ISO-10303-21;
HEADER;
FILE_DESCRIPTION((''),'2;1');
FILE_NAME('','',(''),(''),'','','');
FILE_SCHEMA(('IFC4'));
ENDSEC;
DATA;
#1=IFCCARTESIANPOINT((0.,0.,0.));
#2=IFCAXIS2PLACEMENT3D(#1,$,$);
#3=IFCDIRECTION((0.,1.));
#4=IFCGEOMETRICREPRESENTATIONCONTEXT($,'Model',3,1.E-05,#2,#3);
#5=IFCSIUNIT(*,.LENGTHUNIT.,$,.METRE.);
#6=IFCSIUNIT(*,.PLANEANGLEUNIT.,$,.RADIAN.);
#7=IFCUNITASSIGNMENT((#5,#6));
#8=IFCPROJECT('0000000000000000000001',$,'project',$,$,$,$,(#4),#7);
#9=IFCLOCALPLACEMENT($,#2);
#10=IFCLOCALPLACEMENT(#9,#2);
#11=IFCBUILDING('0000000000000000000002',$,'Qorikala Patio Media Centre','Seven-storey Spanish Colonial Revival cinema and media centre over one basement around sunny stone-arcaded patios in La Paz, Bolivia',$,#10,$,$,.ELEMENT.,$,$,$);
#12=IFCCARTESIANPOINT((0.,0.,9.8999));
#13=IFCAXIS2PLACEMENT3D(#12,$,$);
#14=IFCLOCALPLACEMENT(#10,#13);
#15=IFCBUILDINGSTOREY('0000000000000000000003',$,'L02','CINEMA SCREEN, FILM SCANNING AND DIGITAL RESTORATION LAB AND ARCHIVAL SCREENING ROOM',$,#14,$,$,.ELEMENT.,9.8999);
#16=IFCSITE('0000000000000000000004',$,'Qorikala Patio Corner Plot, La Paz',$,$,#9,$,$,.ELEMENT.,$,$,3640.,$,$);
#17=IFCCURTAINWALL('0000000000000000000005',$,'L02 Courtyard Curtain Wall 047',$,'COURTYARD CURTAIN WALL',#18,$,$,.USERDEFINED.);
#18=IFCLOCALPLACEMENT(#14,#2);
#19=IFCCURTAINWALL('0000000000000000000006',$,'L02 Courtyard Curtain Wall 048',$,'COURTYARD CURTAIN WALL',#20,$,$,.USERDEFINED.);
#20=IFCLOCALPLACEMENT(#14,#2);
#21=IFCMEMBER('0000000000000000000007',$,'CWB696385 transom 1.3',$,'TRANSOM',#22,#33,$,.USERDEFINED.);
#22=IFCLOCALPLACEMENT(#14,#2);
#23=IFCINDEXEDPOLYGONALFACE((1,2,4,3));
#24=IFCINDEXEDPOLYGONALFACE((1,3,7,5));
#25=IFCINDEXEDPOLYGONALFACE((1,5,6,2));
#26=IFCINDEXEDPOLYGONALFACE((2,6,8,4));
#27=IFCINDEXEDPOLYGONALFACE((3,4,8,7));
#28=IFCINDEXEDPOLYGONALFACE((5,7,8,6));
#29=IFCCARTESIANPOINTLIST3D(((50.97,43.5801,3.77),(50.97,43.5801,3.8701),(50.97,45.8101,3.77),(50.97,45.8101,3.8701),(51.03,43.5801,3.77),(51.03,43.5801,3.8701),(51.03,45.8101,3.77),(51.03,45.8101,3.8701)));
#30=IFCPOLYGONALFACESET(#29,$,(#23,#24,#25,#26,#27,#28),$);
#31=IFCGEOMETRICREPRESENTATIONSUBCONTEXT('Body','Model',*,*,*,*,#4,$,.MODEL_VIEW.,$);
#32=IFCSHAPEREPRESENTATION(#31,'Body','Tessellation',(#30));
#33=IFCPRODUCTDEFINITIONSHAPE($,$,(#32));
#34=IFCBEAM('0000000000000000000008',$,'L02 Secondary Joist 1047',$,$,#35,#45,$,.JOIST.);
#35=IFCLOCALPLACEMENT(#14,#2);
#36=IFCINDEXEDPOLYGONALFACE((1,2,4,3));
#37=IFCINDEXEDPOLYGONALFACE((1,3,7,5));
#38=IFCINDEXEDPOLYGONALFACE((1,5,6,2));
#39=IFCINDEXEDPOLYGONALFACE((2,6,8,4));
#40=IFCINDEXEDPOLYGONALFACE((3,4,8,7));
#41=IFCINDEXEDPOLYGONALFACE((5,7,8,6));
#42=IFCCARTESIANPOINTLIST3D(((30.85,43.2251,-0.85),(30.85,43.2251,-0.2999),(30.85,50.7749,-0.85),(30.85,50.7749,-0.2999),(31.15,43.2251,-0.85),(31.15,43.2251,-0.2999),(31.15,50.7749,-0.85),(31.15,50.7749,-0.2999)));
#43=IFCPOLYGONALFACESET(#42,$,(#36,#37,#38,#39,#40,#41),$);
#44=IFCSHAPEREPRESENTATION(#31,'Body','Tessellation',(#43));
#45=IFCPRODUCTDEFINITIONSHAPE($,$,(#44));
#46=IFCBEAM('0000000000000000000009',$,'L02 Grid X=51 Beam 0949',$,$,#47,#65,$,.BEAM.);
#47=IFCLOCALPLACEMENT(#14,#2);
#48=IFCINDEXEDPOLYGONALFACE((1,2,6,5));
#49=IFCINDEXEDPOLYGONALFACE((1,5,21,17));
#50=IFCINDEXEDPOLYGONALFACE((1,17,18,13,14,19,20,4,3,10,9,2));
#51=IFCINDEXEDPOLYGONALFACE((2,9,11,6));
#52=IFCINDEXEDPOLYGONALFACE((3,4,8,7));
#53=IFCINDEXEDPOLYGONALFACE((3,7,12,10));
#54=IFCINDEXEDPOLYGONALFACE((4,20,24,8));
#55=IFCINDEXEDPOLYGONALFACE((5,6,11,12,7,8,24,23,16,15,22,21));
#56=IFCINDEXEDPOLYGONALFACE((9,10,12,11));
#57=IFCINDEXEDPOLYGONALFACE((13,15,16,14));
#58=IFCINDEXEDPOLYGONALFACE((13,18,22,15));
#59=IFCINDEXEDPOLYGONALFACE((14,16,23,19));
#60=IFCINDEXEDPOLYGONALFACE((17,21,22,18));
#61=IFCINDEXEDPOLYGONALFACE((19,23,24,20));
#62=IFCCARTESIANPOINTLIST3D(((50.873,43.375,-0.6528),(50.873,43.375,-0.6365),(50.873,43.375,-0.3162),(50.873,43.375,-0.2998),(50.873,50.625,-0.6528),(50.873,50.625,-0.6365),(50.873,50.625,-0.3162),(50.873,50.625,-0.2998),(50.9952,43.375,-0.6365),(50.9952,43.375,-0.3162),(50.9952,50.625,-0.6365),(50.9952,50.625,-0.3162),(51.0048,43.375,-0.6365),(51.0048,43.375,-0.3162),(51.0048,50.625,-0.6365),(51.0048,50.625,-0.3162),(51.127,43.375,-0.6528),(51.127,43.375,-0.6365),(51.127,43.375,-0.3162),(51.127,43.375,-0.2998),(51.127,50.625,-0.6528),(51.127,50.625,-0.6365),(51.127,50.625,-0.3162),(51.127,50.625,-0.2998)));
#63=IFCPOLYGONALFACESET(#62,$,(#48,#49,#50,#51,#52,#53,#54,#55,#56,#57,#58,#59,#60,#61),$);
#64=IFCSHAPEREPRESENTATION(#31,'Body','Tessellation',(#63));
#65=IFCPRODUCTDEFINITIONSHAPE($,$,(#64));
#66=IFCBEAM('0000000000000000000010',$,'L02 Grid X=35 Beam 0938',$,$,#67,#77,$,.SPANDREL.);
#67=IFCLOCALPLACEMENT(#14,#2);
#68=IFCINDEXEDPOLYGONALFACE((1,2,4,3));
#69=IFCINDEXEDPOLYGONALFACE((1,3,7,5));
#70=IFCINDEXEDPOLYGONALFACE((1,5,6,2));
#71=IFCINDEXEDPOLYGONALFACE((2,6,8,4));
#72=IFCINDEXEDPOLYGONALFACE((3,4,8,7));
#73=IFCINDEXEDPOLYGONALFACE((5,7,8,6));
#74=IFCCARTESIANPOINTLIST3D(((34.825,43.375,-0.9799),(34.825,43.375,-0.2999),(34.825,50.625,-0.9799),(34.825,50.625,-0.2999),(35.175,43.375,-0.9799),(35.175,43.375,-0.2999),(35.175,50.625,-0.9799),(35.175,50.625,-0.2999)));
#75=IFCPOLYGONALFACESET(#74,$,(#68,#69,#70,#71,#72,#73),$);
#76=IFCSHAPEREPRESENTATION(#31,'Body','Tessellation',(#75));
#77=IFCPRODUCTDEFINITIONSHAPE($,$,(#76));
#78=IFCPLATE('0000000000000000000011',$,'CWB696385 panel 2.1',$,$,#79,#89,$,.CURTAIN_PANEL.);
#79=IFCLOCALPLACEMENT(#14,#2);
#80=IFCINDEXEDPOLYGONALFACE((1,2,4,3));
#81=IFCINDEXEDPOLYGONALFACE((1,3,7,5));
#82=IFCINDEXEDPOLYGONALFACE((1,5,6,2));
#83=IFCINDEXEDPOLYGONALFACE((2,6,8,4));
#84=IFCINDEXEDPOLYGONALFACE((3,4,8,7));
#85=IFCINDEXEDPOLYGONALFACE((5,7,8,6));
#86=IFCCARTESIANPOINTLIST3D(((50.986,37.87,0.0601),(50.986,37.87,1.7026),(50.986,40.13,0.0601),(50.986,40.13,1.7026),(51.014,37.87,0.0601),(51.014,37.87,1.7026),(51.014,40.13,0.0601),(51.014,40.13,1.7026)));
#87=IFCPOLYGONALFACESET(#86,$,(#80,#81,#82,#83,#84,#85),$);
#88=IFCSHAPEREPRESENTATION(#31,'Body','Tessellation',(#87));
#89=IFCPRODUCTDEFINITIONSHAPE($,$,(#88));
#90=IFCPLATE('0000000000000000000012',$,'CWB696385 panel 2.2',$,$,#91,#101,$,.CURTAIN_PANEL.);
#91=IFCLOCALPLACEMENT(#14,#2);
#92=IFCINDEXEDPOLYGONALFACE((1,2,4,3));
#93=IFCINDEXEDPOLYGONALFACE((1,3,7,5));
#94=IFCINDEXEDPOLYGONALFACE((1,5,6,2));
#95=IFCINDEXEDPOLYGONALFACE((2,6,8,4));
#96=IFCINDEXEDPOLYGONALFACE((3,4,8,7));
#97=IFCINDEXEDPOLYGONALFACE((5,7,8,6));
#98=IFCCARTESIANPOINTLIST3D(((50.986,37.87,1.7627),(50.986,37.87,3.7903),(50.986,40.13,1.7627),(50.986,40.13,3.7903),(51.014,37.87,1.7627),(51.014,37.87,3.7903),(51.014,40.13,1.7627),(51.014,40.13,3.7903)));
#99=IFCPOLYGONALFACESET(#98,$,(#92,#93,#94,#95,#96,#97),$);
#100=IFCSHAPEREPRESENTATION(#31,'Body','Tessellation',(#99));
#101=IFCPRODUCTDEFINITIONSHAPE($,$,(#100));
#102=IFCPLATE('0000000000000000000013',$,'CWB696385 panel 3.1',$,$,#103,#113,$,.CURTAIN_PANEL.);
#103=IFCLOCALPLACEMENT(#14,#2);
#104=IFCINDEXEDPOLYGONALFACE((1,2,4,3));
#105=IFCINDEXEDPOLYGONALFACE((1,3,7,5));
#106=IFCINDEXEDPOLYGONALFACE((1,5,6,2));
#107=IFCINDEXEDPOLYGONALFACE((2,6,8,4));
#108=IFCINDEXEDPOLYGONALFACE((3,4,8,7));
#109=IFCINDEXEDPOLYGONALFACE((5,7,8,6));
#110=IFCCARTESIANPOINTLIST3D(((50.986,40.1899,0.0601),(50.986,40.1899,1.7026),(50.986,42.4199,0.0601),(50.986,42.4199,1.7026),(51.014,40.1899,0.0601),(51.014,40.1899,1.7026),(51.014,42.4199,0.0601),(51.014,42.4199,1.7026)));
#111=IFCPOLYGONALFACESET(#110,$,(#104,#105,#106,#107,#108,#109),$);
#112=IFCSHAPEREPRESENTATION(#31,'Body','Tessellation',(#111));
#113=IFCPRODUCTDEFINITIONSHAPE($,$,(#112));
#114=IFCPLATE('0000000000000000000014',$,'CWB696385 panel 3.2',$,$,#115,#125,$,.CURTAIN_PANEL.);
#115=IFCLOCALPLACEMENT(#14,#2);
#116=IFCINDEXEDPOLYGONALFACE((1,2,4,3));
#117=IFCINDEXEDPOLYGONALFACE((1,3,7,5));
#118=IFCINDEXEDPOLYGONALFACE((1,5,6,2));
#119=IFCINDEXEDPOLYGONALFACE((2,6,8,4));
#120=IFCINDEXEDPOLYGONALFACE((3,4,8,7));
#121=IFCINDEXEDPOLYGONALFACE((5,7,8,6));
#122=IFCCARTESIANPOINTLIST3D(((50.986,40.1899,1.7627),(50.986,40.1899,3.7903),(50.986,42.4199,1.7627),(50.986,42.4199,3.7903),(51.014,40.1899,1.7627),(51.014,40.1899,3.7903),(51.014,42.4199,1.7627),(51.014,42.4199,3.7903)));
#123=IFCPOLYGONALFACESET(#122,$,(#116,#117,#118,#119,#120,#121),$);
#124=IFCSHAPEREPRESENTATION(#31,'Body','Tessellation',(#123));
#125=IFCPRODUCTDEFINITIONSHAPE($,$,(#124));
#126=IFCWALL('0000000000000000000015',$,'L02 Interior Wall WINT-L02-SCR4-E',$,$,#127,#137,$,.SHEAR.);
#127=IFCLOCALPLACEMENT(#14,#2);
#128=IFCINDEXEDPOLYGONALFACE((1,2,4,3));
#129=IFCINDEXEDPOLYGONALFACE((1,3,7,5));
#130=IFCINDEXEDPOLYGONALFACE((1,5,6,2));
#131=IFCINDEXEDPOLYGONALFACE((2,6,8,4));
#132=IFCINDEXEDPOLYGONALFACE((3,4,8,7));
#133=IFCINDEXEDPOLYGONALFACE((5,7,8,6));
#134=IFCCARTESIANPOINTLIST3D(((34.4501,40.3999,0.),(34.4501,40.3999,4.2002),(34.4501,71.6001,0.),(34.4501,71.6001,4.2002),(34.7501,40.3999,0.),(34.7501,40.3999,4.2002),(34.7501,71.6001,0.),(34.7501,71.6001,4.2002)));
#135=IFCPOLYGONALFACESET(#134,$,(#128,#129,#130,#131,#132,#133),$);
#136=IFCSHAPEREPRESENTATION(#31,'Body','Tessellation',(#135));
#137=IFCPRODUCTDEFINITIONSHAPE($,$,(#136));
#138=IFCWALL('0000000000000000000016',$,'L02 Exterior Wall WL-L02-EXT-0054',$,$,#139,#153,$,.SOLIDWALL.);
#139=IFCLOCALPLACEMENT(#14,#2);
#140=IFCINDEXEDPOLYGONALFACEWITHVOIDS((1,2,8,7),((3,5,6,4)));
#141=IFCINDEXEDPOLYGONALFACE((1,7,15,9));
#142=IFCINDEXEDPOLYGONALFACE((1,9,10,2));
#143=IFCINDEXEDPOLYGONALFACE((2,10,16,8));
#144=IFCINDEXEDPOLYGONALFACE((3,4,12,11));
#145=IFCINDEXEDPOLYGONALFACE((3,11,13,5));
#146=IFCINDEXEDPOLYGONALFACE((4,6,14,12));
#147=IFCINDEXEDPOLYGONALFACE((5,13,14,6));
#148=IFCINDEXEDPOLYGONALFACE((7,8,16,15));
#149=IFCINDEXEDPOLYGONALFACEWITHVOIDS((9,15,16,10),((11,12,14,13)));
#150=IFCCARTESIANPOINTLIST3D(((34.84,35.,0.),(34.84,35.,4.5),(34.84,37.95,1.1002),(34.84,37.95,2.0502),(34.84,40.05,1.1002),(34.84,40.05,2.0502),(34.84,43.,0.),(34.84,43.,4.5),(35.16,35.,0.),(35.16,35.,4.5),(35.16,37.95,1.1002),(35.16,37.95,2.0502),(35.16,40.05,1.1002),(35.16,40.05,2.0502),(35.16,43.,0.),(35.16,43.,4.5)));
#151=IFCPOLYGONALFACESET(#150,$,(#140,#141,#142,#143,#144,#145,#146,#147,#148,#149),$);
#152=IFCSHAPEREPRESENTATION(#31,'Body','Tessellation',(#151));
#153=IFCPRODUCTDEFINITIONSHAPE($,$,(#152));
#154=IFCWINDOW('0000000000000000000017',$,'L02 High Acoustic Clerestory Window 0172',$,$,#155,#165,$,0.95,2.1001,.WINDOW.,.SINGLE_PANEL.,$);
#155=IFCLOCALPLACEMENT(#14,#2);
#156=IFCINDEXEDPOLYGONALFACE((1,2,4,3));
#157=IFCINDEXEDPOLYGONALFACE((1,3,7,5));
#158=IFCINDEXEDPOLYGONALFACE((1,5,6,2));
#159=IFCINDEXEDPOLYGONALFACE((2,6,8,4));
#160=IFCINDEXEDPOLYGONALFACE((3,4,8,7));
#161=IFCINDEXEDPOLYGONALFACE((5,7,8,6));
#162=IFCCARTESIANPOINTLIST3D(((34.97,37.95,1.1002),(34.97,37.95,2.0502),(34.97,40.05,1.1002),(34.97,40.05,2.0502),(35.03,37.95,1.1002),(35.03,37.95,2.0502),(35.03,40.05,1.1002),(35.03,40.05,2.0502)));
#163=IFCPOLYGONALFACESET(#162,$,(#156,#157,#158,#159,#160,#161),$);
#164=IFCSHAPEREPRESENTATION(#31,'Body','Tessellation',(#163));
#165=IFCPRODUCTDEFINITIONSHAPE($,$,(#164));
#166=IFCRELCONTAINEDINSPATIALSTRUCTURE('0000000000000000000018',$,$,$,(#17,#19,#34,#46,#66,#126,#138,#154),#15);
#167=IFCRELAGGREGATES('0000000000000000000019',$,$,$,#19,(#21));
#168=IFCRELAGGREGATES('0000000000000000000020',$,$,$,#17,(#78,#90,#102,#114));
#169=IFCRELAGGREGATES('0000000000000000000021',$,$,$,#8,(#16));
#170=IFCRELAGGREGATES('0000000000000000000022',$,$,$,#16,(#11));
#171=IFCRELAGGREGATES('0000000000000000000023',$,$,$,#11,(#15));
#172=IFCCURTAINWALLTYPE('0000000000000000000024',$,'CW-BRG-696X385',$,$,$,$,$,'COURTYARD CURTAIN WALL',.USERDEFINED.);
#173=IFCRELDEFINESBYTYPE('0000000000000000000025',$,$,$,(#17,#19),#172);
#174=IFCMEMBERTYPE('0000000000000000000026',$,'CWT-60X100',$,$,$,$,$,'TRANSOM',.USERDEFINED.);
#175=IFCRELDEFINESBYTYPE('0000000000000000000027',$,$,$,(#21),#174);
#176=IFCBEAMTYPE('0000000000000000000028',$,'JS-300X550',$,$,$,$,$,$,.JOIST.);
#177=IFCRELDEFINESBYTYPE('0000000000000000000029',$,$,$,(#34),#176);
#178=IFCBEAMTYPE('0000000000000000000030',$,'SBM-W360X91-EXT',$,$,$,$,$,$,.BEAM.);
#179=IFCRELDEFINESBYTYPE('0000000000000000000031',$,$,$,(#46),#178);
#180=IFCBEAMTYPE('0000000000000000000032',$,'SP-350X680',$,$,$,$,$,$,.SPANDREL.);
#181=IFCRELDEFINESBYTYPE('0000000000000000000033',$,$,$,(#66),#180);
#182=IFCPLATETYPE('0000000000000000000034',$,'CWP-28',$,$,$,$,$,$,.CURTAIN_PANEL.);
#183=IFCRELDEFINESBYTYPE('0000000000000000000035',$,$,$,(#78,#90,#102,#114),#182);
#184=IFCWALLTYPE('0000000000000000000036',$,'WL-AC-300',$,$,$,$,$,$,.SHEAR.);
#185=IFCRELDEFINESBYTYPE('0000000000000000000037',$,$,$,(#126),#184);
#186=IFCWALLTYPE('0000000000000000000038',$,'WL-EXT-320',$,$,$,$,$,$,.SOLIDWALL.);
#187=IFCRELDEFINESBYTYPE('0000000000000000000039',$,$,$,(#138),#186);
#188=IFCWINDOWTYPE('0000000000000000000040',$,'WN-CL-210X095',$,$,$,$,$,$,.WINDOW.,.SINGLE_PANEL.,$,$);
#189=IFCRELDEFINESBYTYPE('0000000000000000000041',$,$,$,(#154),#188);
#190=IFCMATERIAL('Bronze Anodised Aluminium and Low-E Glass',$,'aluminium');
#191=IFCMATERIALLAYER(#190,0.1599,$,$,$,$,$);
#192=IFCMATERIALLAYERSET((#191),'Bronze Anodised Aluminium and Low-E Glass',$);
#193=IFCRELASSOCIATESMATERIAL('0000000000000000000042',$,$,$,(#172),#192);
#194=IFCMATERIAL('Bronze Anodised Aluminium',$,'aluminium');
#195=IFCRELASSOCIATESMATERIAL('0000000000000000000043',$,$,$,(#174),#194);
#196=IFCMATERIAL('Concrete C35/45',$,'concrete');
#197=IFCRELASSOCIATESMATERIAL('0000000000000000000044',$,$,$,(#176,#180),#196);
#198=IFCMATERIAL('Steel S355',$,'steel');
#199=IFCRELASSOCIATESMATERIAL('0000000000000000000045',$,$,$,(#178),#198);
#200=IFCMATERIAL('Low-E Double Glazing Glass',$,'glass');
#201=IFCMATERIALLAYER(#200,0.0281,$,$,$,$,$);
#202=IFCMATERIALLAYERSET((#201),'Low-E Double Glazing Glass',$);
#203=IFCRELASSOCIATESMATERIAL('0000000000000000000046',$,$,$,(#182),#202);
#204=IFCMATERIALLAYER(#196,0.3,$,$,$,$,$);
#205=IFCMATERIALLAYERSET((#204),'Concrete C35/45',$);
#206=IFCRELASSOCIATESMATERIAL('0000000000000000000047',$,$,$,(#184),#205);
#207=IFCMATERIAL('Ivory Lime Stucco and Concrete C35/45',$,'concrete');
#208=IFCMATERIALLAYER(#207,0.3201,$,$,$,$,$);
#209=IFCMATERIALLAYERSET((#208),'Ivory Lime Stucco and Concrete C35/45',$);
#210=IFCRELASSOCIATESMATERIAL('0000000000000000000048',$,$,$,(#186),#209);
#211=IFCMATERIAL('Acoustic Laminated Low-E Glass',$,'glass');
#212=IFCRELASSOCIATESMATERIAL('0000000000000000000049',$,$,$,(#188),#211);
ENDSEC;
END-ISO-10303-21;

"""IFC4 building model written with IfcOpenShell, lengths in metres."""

from ifc_helpers import new_model, si_unit, direction, frame, frame_2d, origin, origin_2d, place, context, subcontext, project, spatial, rectangle, i_section, extrude, material, layer, layer_set, material_profile, profile_set, type_object, element, fill, aggregate, save


model = new_model("IFC4")

# Units and contexts
model_context = context("Model", 3, precision=1e-05, world=origin(), true_north=direction((0.0, 1.0)))
body_context = subcontext(model_context, "Body", "Model", "MODEL_VIEW")
ifc_project = project(units=[si_unit("LENGTHUNIT", "METRE"), si_unit("PLANEANGLEUNIT", "RADIAN")], contexts=[model_context])

# Site, building, storey
site_placement = place(None, origin())
site = spatial("IfcSite", under=ifc_project, at=site_placement, Name="Qorikala Patio Corner Plot, La Paz", CompositionType="ELEMENT", RefElevation=3640.0)
building_placement = place(site_placement, origin())
building = spatial("IfcBuilding", under=site, at=building_placement, Name="Qorikala Patio Media Centre", Description="Seven-storey Spanish Colonial Revival cinema and media centre over one basement around sunny stone-arcaded patios in La Paz, Bolivia", CompositionType="ELEMENT")
storey_placement = place(building_placement, frame((0.0, 0.0, 9.8999)))
storey = spatial("IfcBuildingStorey", under=building, at=storey_placement, Name="L02", Description="CINEMA SCREEN, FILM SCANNING AND DIGITAL RESTORATION LAB AND ARCHIVAL SCREENING ROOM", CompositionType="ELEMENT", Elevation=9.8999)

# Shared definitions
ifc_material_1 = material(Name="Concrete C35/45", Category="concrete")

# Curtain wall
ifc_material_2 = material(Name="Bronze Anodised Aluminium and Low-E Glass", Category="aluminium")
ifc_layer_1 = layer(ifc_material_2, 0.1599)
ifc_layer_set_1 = layer_set([ifc_layer_1], Name="Bronze Anodised Aluminium and Low-E Glass")
curtain_wall_type = type_object("IfcCurtainWallType", Name="CW-BRG-696X385", ElementType="COURTYARD CURTAIN WALL", PredefinedType="USERDEFINED", material=ifc_layer_set_1)
curtain_wall_1_placement = place(storey_placement, origin())
curtain_wall_1 = element("IfcCurtainWall", 1, at=curtain_wall_1_placement, inside=storey, type_object=curtain_wall_type, Name="L02 Courtyard Curtain Wall 047", ObjectType="COURTYARD CURTAIN WALL", PredefinedType="USERDEFINED")
ifc_material_3 = material(Name="Bronze Anodised Aluminium", Category="aluminium")

# Curtain wall
curtain_wall_2_placement = place(storey_placement, origin())
curtain_wall_2 = element("IfcCurtainWall", 2, at=curtain_wall_2_placement, inside=storey, type_object=curtain_wall_type, Name="L02 Courtyard Curtain Wall 048", ObjectType="COURTYARD CURTAIN WALL", PredefinedType="USERDEFINED")

# Member
ifc_material_profile_1 = material_profile(ifc_material_3, rectangle(XDim=0.0601, YDim=0.1001, at=origin_2d()), Name="ALU TRANSOM 60x100")
ifc_profile_set_1 = profile_set([ifc_material_profile_1], Name="Bronze Anodised Aluminium")
member_type_1 = type_object("IfcMemberType", Name="CWT-60X100", ElementType="TRANSOM", PredefinedType="USERDEFINED", material=ifc_profile_set_1)
member_1_placement = place(storey_placement, frame((51.0, 43.5801, 3.8201), z_axis=(0.0, 1.0, 0.0), x_axis=(-1.0, 0.0, 0.0)))
member_1 = element("IfcMember", 3, at=member_1_placement, type_object=member_type_1, Name="CWB696385 transom 1.3", ObjectType="TRANSOM", PredefinedType="USERDEFINED", context=body_context, shape_type="SweptSolid", body=[
    extrude(rectangle(XDim=0.0601, YDim=0.1001, at=origin_2d()), origin(), (0.0, 0.0, 1.0), 2.23),
])
aggregate(curtain_wall_2, [member_1])

# Beams
ifc_material_profile_2 = material_profile(ifc_material_1, rectangle(XDim=0.3, YDim=0.55, at=origin_2d()), Name="RC 300x550")
ifc_profile_set_2 = profile_set([ifc_material_profile_2], Name="Concrete C35/45")
beam_type_1 = type_object("IfcBeamType", Name="JS-300X550", PredefinedType="JOIST", material=ifc_profile_set_2)
beam_1_placement = place(storey_placement, frame((31.0, 43.2251, -0.575), z_axis=(0.0, 1.0, 0.0), x_axis=(-1.0, 0.0, 0.0)))
element("IfcBeam", 4, at=beam_1_placement, inside=storey, type_object=beam_type_1, Name="L02 Secondary Joist 1047", PredefinedType="JOIST", context=body_context, shape_type="SweptSolid", body=[
    extrude(rectangle(XDim=0.3, YDim=0.55, at=origin_2d()), origin(), (0.0, 0.0, 1.0), 7.5498),
])
ifc_material_4 = material(Name="Steel S355", Category="steel")
ifc_material_profile_3 = material_profile(ifc_material_4, i_section(OverallWidth=0.2539, OverallDepth=0.353, WebThickness=0.0095, FlangeThickness=0.0164, at=origin_2d()), Name="W360X91")
ifc_profile_set_3 = profile_set([ifc_material_profile_3], Name="Steel S355")
beam_type_2 = type_object("IfcBeamType", Name="SBM-W360X91-EXT", PredefinedType="BEAM", material=ifc_profile_set_3)
beam_2_placement = place(storey_placement, frame((51.0, 43.375, -0.4763), z_axis=(0.0, 1.0, 0.0), x_axis=(-1.0, 0.0, 0.0)))
element("IfcBeam", 5, at=beam_2_placement, inside=storey, type_object=beam_type_2, Name="L02 Grid X=51 Beam 0949", PredefinedType="BEAM", context=body_context, shape_type="SweptSolid", body=[
    extrude(i_section(OverallWidth=0.2539, OverallDepth=0.353, WebThickness=0.0095, FlangeThickness=0.0164, at=origin_2d()), origin(), (0.0, 0.0, 1.0), 7.25),
])
ifc_material_profile_4 = material_profile(ifc_material_1, rectangle(XDim=0.3501, YDim=0.6799, at=origin_2d()), Name="RC 350x680")
ifc_profile_set_4 = profile_set([ifc_material_profile_4], Name="Concrete C35/45")
beam_type_3 = type_object("IfcBeamType", Name="SP-350X680", PredefinedType="SPANDREL", material=ifc_profile_set_4)
beam_3_placement = place(storey_placement, frame((35.0, 43.375, -0.6399), z_axis=(0.0, 1.0, 0.0), x_axis=(-1.0, 0.0, 0.0)))
element("IfcBeam", 6, at=beam_3_placement, inside=storey, type_object=beam_type_3, Name="L02 Grid X=35 Beam 0938", PredefinedType="SPANDREL", context=body_context, shape_type="SweptSolid", body=[
    extrude(rectangle(XDim=0.3501, YDim=0.6799, at=origin_2d()), origin(), (0.0, 0.0, 1.0), 7.25),
])

# Plates
ifc_material_5 = material(Name="Low-E Double Glazing Glass", Category="glass")
ifc_layer_2 = layer(ifc_material_5, 0.0281)
ifc_layer_set_2 = layer_set([ifc_layer_2], Name="Low-E Double Glazing Glass")
plate_type = type_object("IfcPlateType", Name="CWP-28", PredefinedType="CURTAIN_PANEL", material=ifc_layer_set_2)
plate_1_placement = place(storey_placement, frame((51.0, 39.0, 0.0601), z_axis=(0.0, 0.0, 1.0), x_axis=(0.0, 1.0, 0.0)))
plate_1 = element("IfcPlate", 7, at=plate_1_placement, type_object=plate_type, Name="CWB696385 panel 2.1", PredefinedType="CURTAIN_PANEL", context=body_context, shape_type="SweptSolid", body=[
    extrude(rectangle(XDim=2.26, YDim=0.0281, at=origin_2d()), origin(), (0.0, 0.0, 1.0), 1.6426),
])
plate_2_placement = place(storey_placement, frame((51.0, 39.0, 1.7627), z_axis=(0.0, 0.0, 1.0), x_axis=(0.0, 1.0, 0.0)))
plate_2 = element("IfcPlate", 8, at=plate_2_placement, type_object=plate_type, Name="CWB696385 panel 2.2", PredefinedType="CURTAIN_PANEL", context=body_context, shape_type="SweptSolid", body=[
    extrude(rectangle(XDim=2.26, YDim=0.0281, at=origin_2d()), origin(), (0.0, 0.0, 1.0), 2.0276),
])
plate_3_placement = place(storey_placement, frame((51.0, 41.3049, 0.0601), z_axis=(0.0, 0.0, 1.0), x_axis=(0.0, 1.0, 0.0)))
plate_3 = element("IfcPlate", 9, at=plate_3_placement, type_object=plate_type, Name="CWB696385 panel 3.1", PredefinedType="CURTAIN_PANEL", context=body_context, shape_type="SweptSolid", body=[
    extrude(rectangle(XDim=2.23, YDim=0.0281, at=origin_2d()), origin(), (0.0, 0.0, 1.0), 1.6426),
])
plate_4_placement = place(storey_placement, frame((51.0, 41.3049, 1.7627), z_axis=(0.0, 0.0, 1.0), x_axis=(0.0, 1.0, 0.0)))
plate_4 = element("IfcPlate", 10, at=plate_4_placement, type_object=plate_type, Name="CWB696385 panel 3.2", PredefinedType="CURTAIN_PANEL", context=body_context, shape_type="SweptSolid", body=[
    extrude(rectangle(XDim=2.23, YDim=0.0281, at=origin_2d()), origin(), (0.0, 0.0, 1.0), 2.0276),
])
aggregate(curtain_wall_1, [plate_1, plate_2, plate_3, plate_4])

# Wall
ifc_layer_3 = layer(ifc_material_1, 0.3)
ifc_layer_set_3 = layer_set([ifc_layer_3], Name="Concrete C35/45")
wall_type_1 = type_object("IfcWallType", Name="WL-AC-300", PredefinedType="SHEAR", material=ifc_layer_set_3)
wall_1_placement = place(storey_placement, frame((34.6001, 40.3999, 0.0), z_axis=(0.0, 0.0, 1.0), x_axis=(0.0, 1.0, 0.0)))
element("IfcWall", 11, at=wall_1_placement, inside=storey, type_object=wall_type_1, Name="L02 Interior Wall WINT-L02-SCR4-E", PredefinedType="SHEAR", context=body_context, shape_type="SweptSolid", body=[
    extrude(rectangle(XDim=31.2002, YDim=0.3, at=frame_2d((15.6001, 0.0))), origin(), (0.0, 0.0, 1.0), 4.2002),
])

# Wall, opening, window
ifc_material_6 = material(Name="Ivory Lime Stucco and Concrete C35/45", Category="concrete")
ifc_layer_4 = layer(ifc_material_6, 0.3201)
ifc_layer_set_4 = layer_set([ifc_layer_4], Name="Ivory Lime Stucco and Concrete C35/45")
wall_type_2 = type_object("IfcWallType", Name="WL-EXT-320", PredefinedType="SOLIDWALL", material=ifc_layer_set_4)
wall_2_placement = place(storey_placement, frame((35.0, 43.0, 0.0), z_axis=(0.0, 0.0, 1.0), x_axis=(0.0, -1.0, 0.0)))
wall_2 = element("IfcWall", 12, at=wall_2_placement, inside=storey, type_object=wall_type_2, Name="L02 Exterior Wall WL-L02-EXT-0054", PredefinedType="SOLIDWALL", context=body_context, shape_type="SweptSolid", body=[
    extrude(rectangle(XDim=8.0, YDim=0.3201, at=frame_2d((4.0, 0.0))), origin(), (0.0, 0.0, 1.0), 4.5),
])
opening_placement = place(wall_2_placement, frame((2.95, 0.0, 1.1001)))
opening = element("IfcOpeningElement", 13, at=opening_placement, cuts=wall_2, PredefinedType="OPENING", context=body_context, shape_type="SweptSolid", body=[
    extrude(rectangle(XDim=2.1001, YDim=0.95, at=frame_2d((1.05, 0.4751))), frame((0.0, 0.1699, 0.0), z_axis=(0.0, -1.0, 0.0), x_axis=(1.0, 0.0, 0.0)), (0.0, 0.0, 1.0), 0.3401),
])
ifc_material_7 = material(Name="Acoustic Laminated Low-E Glass", Category="glass")
window_type = type_object("IfcWindowType", Name="WN-CL-210X095", PartitioningType="SINGLE_PANEL", PredefinedType="WINDOW", material=ifc_material_7)
window_placement = place(opening_placement, origin())
window = element("IfcWindow", 14, at=window_placement, inside=storey, type_object=window_type, Name="L02 High Acoustic Clerestory Window 0172", OverallHeight=0.95, OverallWidth=2.1001, PartitioningType="SINGLE_PANEL", PredefinedType="WINDOW", context=body_context, shape_type="SweptSolid", body=[
    extrude(rectangle(XDim=2.1001, YDim=0.95, at=frame_2d((1.05, 0.4751))), frame((0.0, 0.03, 0.0), z_axis=(0.0, -1.0, 0.0), x_axis=(1.0, 0.0, 0.0)), (0.0, 0.0, 1.0), 0.0601),
])
fill(opening, window)

save(model, "model.ifc")
